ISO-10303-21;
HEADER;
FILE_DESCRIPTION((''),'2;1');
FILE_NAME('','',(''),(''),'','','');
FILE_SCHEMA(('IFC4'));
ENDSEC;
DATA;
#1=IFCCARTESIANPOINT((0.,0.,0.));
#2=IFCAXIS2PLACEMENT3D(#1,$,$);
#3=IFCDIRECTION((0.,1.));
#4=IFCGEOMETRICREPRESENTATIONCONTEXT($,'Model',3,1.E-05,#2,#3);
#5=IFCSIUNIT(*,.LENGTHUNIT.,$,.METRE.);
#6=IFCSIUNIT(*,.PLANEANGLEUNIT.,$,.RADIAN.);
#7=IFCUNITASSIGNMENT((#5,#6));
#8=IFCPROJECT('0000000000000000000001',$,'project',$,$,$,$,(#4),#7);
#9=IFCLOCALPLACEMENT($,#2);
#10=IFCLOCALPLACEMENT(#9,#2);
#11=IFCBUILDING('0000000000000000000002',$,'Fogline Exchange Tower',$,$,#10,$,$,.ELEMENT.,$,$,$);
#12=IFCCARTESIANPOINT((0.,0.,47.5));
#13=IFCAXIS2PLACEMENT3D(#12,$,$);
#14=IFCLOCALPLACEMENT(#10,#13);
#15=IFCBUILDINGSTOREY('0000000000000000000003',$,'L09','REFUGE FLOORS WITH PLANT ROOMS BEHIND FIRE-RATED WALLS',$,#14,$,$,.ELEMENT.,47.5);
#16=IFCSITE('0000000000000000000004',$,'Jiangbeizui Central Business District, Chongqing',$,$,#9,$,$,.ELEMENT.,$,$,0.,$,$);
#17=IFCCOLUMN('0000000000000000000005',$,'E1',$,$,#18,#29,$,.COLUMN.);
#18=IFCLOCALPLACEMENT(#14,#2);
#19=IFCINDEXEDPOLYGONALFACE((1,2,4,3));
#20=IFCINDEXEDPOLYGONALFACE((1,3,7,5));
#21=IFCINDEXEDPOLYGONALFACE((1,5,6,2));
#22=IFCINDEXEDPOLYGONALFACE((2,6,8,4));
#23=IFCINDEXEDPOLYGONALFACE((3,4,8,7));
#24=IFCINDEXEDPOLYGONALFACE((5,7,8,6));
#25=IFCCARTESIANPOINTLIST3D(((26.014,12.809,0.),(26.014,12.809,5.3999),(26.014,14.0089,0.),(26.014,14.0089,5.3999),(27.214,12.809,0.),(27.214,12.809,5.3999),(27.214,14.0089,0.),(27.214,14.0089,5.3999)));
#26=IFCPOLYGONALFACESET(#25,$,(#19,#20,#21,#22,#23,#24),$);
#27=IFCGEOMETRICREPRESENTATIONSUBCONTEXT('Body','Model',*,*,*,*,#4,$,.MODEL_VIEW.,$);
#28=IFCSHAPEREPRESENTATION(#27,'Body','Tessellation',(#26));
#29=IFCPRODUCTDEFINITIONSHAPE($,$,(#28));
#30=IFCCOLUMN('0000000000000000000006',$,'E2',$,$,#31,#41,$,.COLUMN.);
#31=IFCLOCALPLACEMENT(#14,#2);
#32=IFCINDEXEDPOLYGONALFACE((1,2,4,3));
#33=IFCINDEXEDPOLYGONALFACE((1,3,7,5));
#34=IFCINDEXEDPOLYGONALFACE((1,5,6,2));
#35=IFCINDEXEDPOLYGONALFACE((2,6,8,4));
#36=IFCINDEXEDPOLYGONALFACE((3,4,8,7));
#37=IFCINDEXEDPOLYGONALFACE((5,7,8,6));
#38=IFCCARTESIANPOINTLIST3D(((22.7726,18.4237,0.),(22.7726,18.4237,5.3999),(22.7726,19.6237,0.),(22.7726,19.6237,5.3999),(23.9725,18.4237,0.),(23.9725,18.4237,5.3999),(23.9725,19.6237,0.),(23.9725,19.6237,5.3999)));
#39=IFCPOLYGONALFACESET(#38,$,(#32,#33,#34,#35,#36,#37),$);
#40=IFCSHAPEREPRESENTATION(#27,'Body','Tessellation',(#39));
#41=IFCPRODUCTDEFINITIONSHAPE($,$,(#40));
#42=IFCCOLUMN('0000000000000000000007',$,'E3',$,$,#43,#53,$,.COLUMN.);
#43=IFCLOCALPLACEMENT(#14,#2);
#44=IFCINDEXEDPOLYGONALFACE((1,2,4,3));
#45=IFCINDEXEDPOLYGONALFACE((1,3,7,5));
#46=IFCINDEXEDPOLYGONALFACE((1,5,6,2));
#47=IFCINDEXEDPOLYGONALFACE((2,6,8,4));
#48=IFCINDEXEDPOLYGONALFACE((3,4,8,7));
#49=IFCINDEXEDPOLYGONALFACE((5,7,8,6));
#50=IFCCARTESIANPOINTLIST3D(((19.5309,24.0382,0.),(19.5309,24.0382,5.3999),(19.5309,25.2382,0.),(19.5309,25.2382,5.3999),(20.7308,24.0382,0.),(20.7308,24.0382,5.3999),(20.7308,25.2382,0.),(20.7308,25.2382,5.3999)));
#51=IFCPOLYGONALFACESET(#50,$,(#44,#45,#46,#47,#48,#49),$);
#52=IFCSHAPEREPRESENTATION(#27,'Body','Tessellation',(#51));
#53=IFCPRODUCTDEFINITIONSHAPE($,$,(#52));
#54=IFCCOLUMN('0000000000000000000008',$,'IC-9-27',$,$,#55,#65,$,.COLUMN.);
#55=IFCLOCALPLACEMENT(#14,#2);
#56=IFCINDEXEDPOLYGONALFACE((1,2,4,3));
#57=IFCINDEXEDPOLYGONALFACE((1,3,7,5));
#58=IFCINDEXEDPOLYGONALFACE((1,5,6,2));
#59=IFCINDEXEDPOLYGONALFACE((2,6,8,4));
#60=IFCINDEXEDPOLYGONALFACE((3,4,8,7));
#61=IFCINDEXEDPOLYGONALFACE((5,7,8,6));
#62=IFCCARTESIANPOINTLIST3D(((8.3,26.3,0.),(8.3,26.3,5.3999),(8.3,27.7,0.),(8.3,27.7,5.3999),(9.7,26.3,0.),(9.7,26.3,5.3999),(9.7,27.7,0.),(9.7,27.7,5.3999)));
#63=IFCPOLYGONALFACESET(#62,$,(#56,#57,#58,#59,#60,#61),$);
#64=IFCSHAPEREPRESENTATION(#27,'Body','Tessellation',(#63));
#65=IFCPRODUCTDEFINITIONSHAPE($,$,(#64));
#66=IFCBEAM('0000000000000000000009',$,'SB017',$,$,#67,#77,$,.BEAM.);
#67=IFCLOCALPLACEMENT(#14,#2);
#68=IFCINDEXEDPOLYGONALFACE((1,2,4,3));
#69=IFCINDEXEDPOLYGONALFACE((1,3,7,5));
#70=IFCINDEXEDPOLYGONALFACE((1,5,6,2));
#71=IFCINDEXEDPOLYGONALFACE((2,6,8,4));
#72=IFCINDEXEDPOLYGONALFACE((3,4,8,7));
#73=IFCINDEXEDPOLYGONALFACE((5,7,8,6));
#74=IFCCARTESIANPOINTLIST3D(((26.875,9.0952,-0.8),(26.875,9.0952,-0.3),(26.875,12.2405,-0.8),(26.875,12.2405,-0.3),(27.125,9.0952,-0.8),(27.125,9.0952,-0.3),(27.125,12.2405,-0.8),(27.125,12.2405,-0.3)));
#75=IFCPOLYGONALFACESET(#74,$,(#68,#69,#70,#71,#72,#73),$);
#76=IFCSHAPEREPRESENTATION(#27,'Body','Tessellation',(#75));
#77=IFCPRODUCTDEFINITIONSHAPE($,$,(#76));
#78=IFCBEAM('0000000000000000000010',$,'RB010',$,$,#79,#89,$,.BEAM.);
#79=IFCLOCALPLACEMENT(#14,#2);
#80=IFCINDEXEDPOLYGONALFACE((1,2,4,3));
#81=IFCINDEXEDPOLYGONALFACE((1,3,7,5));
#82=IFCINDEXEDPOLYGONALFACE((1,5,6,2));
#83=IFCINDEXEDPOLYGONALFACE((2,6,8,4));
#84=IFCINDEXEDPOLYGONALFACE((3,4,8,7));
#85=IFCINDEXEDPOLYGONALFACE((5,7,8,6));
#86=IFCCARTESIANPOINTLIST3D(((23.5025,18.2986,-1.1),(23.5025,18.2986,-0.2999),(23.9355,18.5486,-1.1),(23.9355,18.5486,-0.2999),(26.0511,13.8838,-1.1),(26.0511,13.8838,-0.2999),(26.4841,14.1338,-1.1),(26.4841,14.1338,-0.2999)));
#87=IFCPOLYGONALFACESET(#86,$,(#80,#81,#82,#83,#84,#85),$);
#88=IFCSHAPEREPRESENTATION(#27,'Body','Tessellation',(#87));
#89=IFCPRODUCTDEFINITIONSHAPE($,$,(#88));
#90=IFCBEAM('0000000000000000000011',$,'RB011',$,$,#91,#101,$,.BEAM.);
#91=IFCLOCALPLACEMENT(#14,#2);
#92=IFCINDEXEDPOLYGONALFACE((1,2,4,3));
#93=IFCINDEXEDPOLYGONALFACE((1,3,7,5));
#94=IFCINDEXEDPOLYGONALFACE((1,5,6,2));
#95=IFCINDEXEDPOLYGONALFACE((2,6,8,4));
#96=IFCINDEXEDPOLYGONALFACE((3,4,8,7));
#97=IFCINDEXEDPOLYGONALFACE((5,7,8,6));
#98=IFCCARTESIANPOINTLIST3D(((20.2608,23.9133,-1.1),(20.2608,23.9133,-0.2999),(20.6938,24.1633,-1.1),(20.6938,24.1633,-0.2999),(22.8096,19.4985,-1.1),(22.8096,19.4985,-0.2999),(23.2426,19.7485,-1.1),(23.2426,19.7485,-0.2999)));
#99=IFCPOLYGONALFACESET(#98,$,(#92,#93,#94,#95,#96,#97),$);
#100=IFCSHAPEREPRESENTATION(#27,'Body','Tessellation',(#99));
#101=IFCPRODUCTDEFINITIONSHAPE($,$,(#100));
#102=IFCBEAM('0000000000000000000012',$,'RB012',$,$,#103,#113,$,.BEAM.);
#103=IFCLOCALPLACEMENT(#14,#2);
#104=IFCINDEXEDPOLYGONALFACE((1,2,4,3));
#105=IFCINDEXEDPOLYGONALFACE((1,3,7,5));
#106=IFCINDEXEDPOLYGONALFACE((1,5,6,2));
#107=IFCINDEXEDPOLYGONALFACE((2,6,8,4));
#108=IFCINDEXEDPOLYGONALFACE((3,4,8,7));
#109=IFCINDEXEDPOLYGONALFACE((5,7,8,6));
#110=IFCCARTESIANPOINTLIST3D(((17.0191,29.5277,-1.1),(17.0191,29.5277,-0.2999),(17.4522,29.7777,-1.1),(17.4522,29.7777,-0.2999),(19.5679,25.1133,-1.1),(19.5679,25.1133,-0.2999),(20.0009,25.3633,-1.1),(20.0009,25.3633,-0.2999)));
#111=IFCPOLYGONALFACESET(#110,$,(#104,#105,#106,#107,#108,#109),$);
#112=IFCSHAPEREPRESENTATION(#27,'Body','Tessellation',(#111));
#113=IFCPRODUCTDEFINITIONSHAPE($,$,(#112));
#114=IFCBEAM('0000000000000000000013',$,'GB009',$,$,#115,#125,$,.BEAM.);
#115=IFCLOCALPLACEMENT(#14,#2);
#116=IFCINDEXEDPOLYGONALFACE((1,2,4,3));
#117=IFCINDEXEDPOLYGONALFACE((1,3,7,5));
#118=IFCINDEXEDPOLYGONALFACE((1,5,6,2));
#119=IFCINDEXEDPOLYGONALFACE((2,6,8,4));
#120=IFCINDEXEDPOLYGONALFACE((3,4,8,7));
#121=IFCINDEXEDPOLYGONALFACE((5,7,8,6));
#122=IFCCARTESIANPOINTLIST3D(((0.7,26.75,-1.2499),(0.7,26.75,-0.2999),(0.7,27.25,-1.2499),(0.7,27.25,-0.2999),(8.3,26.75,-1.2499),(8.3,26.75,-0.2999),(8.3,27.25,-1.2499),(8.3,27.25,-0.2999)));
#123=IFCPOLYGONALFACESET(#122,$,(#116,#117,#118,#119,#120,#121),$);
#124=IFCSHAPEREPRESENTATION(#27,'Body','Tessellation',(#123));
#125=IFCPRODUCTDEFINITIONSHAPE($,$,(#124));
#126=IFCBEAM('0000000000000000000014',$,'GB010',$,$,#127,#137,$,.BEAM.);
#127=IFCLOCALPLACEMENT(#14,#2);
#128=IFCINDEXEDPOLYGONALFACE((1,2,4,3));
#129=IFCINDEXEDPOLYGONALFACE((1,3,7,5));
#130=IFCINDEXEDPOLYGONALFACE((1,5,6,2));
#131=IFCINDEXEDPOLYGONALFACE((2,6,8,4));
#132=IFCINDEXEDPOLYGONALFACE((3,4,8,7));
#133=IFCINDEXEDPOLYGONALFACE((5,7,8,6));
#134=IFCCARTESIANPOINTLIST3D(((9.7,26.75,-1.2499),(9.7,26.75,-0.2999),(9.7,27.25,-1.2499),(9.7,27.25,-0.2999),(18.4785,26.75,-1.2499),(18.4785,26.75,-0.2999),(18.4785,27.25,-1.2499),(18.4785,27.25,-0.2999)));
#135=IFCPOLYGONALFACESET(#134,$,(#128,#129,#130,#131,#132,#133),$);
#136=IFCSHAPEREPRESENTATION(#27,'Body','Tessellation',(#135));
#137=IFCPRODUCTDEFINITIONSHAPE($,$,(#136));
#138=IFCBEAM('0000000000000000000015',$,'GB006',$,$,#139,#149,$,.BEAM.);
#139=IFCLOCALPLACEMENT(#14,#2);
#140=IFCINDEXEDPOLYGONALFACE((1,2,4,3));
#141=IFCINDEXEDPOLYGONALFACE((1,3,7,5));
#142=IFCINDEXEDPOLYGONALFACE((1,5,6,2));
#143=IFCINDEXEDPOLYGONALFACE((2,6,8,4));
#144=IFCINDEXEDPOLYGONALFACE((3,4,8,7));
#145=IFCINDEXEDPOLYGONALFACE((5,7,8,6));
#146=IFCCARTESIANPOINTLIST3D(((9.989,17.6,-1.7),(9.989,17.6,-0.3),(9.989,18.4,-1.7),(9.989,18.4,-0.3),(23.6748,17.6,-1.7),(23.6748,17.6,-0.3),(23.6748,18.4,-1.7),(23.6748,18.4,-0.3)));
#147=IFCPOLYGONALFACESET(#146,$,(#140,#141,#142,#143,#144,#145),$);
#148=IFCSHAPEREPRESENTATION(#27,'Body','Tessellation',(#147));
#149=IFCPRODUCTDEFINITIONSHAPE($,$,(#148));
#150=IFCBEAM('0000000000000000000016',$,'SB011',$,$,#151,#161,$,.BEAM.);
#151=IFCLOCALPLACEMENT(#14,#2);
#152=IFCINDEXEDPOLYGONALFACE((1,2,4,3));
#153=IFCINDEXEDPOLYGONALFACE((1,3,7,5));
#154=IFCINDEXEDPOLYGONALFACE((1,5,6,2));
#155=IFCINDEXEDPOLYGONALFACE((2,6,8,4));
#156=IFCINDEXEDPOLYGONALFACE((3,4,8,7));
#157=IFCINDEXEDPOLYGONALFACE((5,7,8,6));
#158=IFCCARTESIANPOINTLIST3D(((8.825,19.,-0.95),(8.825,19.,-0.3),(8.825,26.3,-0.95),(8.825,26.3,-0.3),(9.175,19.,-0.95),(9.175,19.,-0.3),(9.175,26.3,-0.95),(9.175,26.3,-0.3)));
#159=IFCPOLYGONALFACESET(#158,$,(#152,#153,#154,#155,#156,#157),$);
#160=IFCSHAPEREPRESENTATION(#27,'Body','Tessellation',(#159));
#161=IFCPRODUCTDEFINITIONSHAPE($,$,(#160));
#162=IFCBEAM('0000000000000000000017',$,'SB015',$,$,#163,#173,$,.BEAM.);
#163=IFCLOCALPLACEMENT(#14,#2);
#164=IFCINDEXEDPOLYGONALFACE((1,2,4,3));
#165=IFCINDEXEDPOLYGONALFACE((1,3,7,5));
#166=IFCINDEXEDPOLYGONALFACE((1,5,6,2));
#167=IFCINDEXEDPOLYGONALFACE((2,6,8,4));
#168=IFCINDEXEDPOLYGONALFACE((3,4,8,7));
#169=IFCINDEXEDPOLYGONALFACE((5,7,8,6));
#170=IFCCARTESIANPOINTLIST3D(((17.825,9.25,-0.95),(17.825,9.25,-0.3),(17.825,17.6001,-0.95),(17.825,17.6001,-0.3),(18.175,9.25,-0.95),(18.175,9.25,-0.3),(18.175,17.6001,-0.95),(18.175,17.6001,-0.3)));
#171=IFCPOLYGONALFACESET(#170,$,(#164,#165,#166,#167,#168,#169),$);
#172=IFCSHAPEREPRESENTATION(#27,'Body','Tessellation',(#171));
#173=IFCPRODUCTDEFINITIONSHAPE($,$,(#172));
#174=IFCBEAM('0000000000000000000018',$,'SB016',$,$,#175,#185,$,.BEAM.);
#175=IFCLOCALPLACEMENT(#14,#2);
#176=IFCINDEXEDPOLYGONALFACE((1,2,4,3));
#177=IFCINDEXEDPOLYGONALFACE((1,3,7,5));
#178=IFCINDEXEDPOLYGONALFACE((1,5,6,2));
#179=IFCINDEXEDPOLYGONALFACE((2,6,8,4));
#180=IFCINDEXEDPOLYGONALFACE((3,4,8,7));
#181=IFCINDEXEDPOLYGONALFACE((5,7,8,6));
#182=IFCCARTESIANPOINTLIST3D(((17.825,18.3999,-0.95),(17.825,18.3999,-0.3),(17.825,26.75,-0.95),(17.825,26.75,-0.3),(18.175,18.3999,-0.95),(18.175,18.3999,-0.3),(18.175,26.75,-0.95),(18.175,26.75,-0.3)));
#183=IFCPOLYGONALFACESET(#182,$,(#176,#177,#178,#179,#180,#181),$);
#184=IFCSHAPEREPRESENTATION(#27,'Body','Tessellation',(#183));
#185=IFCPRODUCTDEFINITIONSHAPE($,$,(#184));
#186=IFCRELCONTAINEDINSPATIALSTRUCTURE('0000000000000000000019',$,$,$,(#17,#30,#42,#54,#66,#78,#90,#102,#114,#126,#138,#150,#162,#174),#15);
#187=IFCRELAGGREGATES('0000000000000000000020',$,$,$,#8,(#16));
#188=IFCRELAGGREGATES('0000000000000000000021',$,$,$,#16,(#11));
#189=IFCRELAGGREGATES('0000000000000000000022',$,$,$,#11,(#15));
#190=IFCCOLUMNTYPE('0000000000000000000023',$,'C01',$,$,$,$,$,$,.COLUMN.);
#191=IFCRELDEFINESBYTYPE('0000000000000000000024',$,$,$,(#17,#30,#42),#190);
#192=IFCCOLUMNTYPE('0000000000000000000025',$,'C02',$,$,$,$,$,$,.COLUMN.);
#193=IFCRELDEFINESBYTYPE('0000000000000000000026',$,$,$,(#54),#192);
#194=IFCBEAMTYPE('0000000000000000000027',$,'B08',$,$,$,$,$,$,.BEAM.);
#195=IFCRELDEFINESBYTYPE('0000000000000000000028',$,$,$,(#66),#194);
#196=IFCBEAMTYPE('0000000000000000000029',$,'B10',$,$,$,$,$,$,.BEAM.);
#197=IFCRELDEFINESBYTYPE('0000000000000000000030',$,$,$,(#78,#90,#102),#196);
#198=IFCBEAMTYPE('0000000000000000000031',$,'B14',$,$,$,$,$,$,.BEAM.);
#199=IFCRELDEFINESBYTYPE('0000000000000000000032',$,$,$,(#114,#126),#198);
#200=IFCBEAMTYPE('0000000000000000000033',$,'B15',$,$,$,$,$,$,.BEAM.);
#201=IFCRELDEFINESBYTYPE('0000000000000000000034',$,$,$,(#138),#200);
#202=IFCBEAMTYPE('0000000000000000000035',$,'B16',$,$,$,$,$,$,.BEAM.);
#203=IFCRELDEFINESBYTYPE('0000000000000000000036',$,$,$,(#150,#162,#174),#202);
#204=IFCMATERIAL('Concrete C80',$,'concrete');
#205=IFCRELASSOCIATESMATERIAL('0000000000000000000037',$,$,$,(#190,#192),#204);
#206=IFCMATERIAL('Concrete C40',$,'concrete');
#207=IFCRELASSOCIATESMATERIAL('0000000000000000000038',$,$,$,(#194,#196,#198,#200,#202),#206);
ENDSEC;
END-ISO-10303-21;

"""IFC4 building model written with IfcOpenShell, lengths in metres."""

from ifc_helpers import new_model, si_unit, direction, frame, origin, origin_2d, place, context, subcontext, project, spatial, rectangle, extrude, material, material_profile, profile_set, type_object, element, save


model = new_model("IFC4")

# Units and contexts
model_context = context("Model", 3, precision=1e-05, world=origin(), true_north=direction((0.0, 1.0)))
body_context = subcontext(model_context, "Body", "Model", "MODEL_VIEW")
ifc_project = project(units=[si_unit("LENGTHUNIT", "METRE"), si_unit("PLANEANGLEUNIT", "RADIAN")], contexts=[model_context])

# Site, building, storey
site_placement = place(None, origin())
site = spatial("IfcSite", under=ifc_project, at=site_placement, Name="Jiangbeizui Central Business District, Chongqing", CompositionType="ELEMENT", RefElevation=0.0)
building_placement = place(site_placement, origin())
building = spatial("IfcBuilding", under=site, at=building_placement, Name="Fogline Exchange Tower", CompositionType="ELEMENT")
storey_placement = place(building_placement, frame((0.0, 0.0, 47.5)))
storey = spatial("IfcBuildingStorey", under=building, at=storey_placement, Name="L09", Description="REFUGE FLOORS WITH PLANT ROOMS BEHIND FIRE-RATED WALLS", CompositionType="ELEMENT", Elevation=47.5)

# Columns
ifc_material_1 = material(Name="Concrete C80", Category="concrete")
ifc_material_profile_1 = material_profile(ifc_material_1, rectangle(XDim=1.2, YDim=1.2, at=origin_2d()), Name="RC 1200x1200")
ifc_profile_set_1 = profile_set([ifc_material_profile_1], Name="Concrete C80")
column_type_1 = type_object("IfcColumnType", Name="C01", PredefinedType="COLUMN", material=ifc_profile_set_1)
for number, where, z_axis, x_axis, name in (
    (1, (26.614, 13.4089, 0.0), (0.0, 0.0, 1.0), (1.0, 0.0, 0.0), "E1"),
    (2, (23.3726, 19.0237, 0.0), (0.0, 0.0, 1.0), (1.0, 0.0, 0.0), "E2"),
    (3, (20.1309, 24.6382, 0.0), (0.0, 0.0, 1.0), (1.0, 0.0, 0.0), "E3"),
):
    element("IfcColumn", number, at=place(storey_placement, frame(where, z_axis=z_axis, x_axis=x_axis)), inside=storey, type_object=column_type_1, Name=name, PredefinedType="COLUMN", context=body_context, shape_type="SweptSolid", body=[
        extrude(rectangle(XDim=1.2, YDim=1.2, at=origin_2d()), origin(), (0.0, 0.0, 1.0), 5.3999),
    ])
ifc_material_profile_2 = material_profile(ifc_material_1, rectangle(XDim=1.3999, YDim=1.3999, at=origin_2d()), Name="RC 1400x1400")
ifc_profile_set_2 = profile_set([ifc_material_profile_2], Name="Concrete C80")
column_type_2 = type_object("IfcColumnType", Name="C02", PredefinedType="COLUMN", material=ifc_profile_set_2)
column_placement = place(storey_placement, frame((9.0, 27.0, 0.0), z_axis=(0.0, 0.0, 1.0), x_axis=(1.0, 0.0, 0.0)))
element("IfcColumn", 4, at=column_placement, inside=storey, type_object=column_type_2, Name="IC-9-27", PredefinedType="COLUMN", context=body_context, shape_type="SweptSolid", body=[
    extrude(rectangle(XDim=1.3999, YDim=1.3999, at=origin_2d()), origin(), (0.0, 0.0, 1.0), 5.3999),
])

# Beams
ifc_material_2 = material(Name="Concrete C40", Category="concrete")
ifc_material_profile_3 = material_profile(ifc_material_2, rectangle(XDim=0.25, YDim=0.5, at=origin_2d()), Name="RC 250x500")
ifc_profile_set_3 = profile_set([ifc_material_profile_3], Name="Concrete C40")
beam_type_1 = type_object("IfcBeamType", Name="B08", PredefinedType="BEAM", material=ifc_profile_set_3)
beam_1_placement = place(storey_placement, frame((27.0, 9.0952, -0.55), z_axis=(0.0, 1.0, 0.0), x_axis=(-1.0, 0.0, 0.0)))
element("IfcBeam", 5, at=beam_1_placement, inside=storey, type_object=beam_type_1, Name="SB017", PredefinedType="BEAM", context=body_context, shape_type="SweptSolid", body=[
    extrude(rectangle(XDim=0.25, YDim=0.5, at=origin_2d()), origin(), (0.0, 0.0, 1.0), 3.1453),
])
ifc_material_profile_4 = material_profile(ifc_material_2, rectangle(XDim=0.5, YDim=0.8, at=origin_2d()), Name="RC 500x800")
ifc_profile_set_4 = profile_set([ifc_material_profile_4], Name="Concrete C40")
beam_type_2 = type_object("IfcBeamType", Name="B10", PredefinedType="BEAM", material=ifc_profile_set_4)
for number, where, z_axis, x_axis, name in (
    (6, (26.2676, 14.0088, -0.7), (-0.499956, 0.866051, 0.0), (-0.866051, -0.499956, 0.0), "RB010"),
    (7, (23.0261, 19.6235, -0.7), (-0.499992, 0.86603, 0.0), (-0.86603, -0.499992, 0.0), "RB011"),
):
    element("IfcBeam", number, at=place(storey_placement, frame(where, z_axis=z_axis, x_axis=x_axis)), inside=storey, type_object=beam_type_2, Name=name, PredefinedType="BEAM", context=body_context, shape_type="SweptSolid", body=[
        extrude(rectangle(XDim=0.5, YDim=0.8, at=origin_2d()), origin(), (0.0, 0.0, 1.0), 5.0977),
    ])
beam_2_placement = place(storey_placement, frame((19.7844, 25.2383, -0.7), z_axis=(-0.500013, 0.866018, 0.0), x_axis=(-0.866018, -0.500013, 0.0)))
element("IfcBeam", 8, at=beam_2_placement, inside=storey, type_object=beam_type_2, Name="RB012", PredefinedType="BEAM", context=body_context, shape_type="SweptSolid", body=[
    extrude(rectangle(XDim=0.5, YDim=0.8, at=origin_2d()), origin(), (0.0, 0.0, 1.0), 5.0974),
])
ifc_material_profile_5 = material_profile(ifc_material_2, rectangle(XDim=0.5, YDim=0.95, at=origin_2d()), Name="RC 500x950")
ifc_profile_set_5 = profile_set([ifc_material_profile_5], Name="Concrete C40")
beam_type_3 = type_object("IfcBeamType", Name="B14", PredefinedType="BEAM", material=ifc_profile_set_5)
beam_3_placement = place(storey_placement, frame((0.7, 27.0, -0.7749), z_axis=(1.0, 0.0, 0.0), x_axis=(0.0, 1.0, 0.0)))
element("IfcBeam", 9, at=beam_3_placement, inside=storey, type_object=beam_type_3, Name="GB009", PredefinedType="BEAM", context=body_context, shape_type="SweptSolid", body=[
    extrude(rectangle(XDim=0.5, YDim=0.95, at=origin_2d()), origin(), (0.0, 0.0, 1.0), 7.6001),
])
beam_4_placement = place(storey_placement, frame((9.7, 27.0, -0.7749), z_axis=(1.0, 0.0, 0.0), x_axis=(0.0, 1.0, 0.0)))
element("IfcBeam", 10, at=beam_4_placement, inside=storey, type_object=beam_type_3, Name="GB010", PredefinedType="BEAM", context=body_context, shape_type="SweptSolid", body=[
    extrude(rectangle(XDim=0.5, YDim=0.95, at=origin_2d()), origin(), (0.0, 0.0, 1.0), 8.7786),
])
ifc_material_profile_6 = material_profile(ifc_material_2, rectangle(XDim=0.8, YDim=1.3999, at=origin_2d()), Name="RC 800x1400")
ifc_profile_set_6 = profile_set([ifc_material_profile_6], Name="Concrete C40")
beam_type_4 = type_object("IfcBeamType", Name="B15", PredefinedType="BEAM", material=ifc_profile_set_6)
beam_5_placement = place(storey_placement, frame((9.989, 18.0, -1.0), z_axis=(1.0, 0.0, 0.0), x_axis=(0.0, 1.0, 0.0)))
element("IfcBeam", 11, at=beam_5_placement, inside=storey, type_object=beam_type_4, Name="GB006", PredefinedType="BEAM", context=body_context, shape_type="SweptSolid", body=[
    extrude(rectangle(XDim=0.8, YDim=1.3999, at=origin_2d()), origin(), (0.0, 0.0, 1.0), 13.6858),
])
ifc_material_profile_7 = material_profile(ifc_material_2, rectangle(XDim=0.3501, YDim=0.6499, at=origin_2d()), Name="RC 350x650")
ifc_profile_set_7 = profile_set([ifc_material_profile_7], Name="Concrete C40")
beam_type_5 = type_object("IfcBeamType", Name="B16", PredefinedType="BEAM", material=ifc_profile_set_7)
beam_6_placement = place(storey_placement, frame((9.0, 19.0, -0.625), z_axis=(0.0, 1.0, 0.0), x_axis=(-1.0, 0.0, 0.0)))
element("IfcBeam", 12, at=beam_6_placement, inside=storey, type_object=beam_type_5, Name="SB011", PredefinedType="BEAM", context=body_context, shape_type="SweptSolid", body=[
    extrude(rectangle(XDim=0.3501, YDim=0.6499, at=origin_2d()), origin(), (0.0, 0.0, 1.0), 7.3),
])
for number, where, z_axis, x_axis, name in (
    (13, (18.0, 9.25, -0.625), (0.0, 1.0, 0.0), (-1.0, 0.0, 0.0), "SB015"),
    (14, (18.0, 18.3999, -0.625), (0.0, 1.0, 0.0), (-1.0, 0.0, 0.0), "SB016"),
):
    element("IfcBeam", number, at=place(storey_placement, frame(where, z_axis=z_axis, x_axis=x_axis)), inside=storey, type_object=beam_type_5, Name=name, PredefinedType="BEAM", context=body_context, shape_type="SweptSolid", body=[
        extrude(rectangle(XDim=0.3501, YDim=0.6499, at=origin_2d()), origin(), (0.0, 0.0, 1.0), 8.3501),
    ])

save(model, "model.ifc")
